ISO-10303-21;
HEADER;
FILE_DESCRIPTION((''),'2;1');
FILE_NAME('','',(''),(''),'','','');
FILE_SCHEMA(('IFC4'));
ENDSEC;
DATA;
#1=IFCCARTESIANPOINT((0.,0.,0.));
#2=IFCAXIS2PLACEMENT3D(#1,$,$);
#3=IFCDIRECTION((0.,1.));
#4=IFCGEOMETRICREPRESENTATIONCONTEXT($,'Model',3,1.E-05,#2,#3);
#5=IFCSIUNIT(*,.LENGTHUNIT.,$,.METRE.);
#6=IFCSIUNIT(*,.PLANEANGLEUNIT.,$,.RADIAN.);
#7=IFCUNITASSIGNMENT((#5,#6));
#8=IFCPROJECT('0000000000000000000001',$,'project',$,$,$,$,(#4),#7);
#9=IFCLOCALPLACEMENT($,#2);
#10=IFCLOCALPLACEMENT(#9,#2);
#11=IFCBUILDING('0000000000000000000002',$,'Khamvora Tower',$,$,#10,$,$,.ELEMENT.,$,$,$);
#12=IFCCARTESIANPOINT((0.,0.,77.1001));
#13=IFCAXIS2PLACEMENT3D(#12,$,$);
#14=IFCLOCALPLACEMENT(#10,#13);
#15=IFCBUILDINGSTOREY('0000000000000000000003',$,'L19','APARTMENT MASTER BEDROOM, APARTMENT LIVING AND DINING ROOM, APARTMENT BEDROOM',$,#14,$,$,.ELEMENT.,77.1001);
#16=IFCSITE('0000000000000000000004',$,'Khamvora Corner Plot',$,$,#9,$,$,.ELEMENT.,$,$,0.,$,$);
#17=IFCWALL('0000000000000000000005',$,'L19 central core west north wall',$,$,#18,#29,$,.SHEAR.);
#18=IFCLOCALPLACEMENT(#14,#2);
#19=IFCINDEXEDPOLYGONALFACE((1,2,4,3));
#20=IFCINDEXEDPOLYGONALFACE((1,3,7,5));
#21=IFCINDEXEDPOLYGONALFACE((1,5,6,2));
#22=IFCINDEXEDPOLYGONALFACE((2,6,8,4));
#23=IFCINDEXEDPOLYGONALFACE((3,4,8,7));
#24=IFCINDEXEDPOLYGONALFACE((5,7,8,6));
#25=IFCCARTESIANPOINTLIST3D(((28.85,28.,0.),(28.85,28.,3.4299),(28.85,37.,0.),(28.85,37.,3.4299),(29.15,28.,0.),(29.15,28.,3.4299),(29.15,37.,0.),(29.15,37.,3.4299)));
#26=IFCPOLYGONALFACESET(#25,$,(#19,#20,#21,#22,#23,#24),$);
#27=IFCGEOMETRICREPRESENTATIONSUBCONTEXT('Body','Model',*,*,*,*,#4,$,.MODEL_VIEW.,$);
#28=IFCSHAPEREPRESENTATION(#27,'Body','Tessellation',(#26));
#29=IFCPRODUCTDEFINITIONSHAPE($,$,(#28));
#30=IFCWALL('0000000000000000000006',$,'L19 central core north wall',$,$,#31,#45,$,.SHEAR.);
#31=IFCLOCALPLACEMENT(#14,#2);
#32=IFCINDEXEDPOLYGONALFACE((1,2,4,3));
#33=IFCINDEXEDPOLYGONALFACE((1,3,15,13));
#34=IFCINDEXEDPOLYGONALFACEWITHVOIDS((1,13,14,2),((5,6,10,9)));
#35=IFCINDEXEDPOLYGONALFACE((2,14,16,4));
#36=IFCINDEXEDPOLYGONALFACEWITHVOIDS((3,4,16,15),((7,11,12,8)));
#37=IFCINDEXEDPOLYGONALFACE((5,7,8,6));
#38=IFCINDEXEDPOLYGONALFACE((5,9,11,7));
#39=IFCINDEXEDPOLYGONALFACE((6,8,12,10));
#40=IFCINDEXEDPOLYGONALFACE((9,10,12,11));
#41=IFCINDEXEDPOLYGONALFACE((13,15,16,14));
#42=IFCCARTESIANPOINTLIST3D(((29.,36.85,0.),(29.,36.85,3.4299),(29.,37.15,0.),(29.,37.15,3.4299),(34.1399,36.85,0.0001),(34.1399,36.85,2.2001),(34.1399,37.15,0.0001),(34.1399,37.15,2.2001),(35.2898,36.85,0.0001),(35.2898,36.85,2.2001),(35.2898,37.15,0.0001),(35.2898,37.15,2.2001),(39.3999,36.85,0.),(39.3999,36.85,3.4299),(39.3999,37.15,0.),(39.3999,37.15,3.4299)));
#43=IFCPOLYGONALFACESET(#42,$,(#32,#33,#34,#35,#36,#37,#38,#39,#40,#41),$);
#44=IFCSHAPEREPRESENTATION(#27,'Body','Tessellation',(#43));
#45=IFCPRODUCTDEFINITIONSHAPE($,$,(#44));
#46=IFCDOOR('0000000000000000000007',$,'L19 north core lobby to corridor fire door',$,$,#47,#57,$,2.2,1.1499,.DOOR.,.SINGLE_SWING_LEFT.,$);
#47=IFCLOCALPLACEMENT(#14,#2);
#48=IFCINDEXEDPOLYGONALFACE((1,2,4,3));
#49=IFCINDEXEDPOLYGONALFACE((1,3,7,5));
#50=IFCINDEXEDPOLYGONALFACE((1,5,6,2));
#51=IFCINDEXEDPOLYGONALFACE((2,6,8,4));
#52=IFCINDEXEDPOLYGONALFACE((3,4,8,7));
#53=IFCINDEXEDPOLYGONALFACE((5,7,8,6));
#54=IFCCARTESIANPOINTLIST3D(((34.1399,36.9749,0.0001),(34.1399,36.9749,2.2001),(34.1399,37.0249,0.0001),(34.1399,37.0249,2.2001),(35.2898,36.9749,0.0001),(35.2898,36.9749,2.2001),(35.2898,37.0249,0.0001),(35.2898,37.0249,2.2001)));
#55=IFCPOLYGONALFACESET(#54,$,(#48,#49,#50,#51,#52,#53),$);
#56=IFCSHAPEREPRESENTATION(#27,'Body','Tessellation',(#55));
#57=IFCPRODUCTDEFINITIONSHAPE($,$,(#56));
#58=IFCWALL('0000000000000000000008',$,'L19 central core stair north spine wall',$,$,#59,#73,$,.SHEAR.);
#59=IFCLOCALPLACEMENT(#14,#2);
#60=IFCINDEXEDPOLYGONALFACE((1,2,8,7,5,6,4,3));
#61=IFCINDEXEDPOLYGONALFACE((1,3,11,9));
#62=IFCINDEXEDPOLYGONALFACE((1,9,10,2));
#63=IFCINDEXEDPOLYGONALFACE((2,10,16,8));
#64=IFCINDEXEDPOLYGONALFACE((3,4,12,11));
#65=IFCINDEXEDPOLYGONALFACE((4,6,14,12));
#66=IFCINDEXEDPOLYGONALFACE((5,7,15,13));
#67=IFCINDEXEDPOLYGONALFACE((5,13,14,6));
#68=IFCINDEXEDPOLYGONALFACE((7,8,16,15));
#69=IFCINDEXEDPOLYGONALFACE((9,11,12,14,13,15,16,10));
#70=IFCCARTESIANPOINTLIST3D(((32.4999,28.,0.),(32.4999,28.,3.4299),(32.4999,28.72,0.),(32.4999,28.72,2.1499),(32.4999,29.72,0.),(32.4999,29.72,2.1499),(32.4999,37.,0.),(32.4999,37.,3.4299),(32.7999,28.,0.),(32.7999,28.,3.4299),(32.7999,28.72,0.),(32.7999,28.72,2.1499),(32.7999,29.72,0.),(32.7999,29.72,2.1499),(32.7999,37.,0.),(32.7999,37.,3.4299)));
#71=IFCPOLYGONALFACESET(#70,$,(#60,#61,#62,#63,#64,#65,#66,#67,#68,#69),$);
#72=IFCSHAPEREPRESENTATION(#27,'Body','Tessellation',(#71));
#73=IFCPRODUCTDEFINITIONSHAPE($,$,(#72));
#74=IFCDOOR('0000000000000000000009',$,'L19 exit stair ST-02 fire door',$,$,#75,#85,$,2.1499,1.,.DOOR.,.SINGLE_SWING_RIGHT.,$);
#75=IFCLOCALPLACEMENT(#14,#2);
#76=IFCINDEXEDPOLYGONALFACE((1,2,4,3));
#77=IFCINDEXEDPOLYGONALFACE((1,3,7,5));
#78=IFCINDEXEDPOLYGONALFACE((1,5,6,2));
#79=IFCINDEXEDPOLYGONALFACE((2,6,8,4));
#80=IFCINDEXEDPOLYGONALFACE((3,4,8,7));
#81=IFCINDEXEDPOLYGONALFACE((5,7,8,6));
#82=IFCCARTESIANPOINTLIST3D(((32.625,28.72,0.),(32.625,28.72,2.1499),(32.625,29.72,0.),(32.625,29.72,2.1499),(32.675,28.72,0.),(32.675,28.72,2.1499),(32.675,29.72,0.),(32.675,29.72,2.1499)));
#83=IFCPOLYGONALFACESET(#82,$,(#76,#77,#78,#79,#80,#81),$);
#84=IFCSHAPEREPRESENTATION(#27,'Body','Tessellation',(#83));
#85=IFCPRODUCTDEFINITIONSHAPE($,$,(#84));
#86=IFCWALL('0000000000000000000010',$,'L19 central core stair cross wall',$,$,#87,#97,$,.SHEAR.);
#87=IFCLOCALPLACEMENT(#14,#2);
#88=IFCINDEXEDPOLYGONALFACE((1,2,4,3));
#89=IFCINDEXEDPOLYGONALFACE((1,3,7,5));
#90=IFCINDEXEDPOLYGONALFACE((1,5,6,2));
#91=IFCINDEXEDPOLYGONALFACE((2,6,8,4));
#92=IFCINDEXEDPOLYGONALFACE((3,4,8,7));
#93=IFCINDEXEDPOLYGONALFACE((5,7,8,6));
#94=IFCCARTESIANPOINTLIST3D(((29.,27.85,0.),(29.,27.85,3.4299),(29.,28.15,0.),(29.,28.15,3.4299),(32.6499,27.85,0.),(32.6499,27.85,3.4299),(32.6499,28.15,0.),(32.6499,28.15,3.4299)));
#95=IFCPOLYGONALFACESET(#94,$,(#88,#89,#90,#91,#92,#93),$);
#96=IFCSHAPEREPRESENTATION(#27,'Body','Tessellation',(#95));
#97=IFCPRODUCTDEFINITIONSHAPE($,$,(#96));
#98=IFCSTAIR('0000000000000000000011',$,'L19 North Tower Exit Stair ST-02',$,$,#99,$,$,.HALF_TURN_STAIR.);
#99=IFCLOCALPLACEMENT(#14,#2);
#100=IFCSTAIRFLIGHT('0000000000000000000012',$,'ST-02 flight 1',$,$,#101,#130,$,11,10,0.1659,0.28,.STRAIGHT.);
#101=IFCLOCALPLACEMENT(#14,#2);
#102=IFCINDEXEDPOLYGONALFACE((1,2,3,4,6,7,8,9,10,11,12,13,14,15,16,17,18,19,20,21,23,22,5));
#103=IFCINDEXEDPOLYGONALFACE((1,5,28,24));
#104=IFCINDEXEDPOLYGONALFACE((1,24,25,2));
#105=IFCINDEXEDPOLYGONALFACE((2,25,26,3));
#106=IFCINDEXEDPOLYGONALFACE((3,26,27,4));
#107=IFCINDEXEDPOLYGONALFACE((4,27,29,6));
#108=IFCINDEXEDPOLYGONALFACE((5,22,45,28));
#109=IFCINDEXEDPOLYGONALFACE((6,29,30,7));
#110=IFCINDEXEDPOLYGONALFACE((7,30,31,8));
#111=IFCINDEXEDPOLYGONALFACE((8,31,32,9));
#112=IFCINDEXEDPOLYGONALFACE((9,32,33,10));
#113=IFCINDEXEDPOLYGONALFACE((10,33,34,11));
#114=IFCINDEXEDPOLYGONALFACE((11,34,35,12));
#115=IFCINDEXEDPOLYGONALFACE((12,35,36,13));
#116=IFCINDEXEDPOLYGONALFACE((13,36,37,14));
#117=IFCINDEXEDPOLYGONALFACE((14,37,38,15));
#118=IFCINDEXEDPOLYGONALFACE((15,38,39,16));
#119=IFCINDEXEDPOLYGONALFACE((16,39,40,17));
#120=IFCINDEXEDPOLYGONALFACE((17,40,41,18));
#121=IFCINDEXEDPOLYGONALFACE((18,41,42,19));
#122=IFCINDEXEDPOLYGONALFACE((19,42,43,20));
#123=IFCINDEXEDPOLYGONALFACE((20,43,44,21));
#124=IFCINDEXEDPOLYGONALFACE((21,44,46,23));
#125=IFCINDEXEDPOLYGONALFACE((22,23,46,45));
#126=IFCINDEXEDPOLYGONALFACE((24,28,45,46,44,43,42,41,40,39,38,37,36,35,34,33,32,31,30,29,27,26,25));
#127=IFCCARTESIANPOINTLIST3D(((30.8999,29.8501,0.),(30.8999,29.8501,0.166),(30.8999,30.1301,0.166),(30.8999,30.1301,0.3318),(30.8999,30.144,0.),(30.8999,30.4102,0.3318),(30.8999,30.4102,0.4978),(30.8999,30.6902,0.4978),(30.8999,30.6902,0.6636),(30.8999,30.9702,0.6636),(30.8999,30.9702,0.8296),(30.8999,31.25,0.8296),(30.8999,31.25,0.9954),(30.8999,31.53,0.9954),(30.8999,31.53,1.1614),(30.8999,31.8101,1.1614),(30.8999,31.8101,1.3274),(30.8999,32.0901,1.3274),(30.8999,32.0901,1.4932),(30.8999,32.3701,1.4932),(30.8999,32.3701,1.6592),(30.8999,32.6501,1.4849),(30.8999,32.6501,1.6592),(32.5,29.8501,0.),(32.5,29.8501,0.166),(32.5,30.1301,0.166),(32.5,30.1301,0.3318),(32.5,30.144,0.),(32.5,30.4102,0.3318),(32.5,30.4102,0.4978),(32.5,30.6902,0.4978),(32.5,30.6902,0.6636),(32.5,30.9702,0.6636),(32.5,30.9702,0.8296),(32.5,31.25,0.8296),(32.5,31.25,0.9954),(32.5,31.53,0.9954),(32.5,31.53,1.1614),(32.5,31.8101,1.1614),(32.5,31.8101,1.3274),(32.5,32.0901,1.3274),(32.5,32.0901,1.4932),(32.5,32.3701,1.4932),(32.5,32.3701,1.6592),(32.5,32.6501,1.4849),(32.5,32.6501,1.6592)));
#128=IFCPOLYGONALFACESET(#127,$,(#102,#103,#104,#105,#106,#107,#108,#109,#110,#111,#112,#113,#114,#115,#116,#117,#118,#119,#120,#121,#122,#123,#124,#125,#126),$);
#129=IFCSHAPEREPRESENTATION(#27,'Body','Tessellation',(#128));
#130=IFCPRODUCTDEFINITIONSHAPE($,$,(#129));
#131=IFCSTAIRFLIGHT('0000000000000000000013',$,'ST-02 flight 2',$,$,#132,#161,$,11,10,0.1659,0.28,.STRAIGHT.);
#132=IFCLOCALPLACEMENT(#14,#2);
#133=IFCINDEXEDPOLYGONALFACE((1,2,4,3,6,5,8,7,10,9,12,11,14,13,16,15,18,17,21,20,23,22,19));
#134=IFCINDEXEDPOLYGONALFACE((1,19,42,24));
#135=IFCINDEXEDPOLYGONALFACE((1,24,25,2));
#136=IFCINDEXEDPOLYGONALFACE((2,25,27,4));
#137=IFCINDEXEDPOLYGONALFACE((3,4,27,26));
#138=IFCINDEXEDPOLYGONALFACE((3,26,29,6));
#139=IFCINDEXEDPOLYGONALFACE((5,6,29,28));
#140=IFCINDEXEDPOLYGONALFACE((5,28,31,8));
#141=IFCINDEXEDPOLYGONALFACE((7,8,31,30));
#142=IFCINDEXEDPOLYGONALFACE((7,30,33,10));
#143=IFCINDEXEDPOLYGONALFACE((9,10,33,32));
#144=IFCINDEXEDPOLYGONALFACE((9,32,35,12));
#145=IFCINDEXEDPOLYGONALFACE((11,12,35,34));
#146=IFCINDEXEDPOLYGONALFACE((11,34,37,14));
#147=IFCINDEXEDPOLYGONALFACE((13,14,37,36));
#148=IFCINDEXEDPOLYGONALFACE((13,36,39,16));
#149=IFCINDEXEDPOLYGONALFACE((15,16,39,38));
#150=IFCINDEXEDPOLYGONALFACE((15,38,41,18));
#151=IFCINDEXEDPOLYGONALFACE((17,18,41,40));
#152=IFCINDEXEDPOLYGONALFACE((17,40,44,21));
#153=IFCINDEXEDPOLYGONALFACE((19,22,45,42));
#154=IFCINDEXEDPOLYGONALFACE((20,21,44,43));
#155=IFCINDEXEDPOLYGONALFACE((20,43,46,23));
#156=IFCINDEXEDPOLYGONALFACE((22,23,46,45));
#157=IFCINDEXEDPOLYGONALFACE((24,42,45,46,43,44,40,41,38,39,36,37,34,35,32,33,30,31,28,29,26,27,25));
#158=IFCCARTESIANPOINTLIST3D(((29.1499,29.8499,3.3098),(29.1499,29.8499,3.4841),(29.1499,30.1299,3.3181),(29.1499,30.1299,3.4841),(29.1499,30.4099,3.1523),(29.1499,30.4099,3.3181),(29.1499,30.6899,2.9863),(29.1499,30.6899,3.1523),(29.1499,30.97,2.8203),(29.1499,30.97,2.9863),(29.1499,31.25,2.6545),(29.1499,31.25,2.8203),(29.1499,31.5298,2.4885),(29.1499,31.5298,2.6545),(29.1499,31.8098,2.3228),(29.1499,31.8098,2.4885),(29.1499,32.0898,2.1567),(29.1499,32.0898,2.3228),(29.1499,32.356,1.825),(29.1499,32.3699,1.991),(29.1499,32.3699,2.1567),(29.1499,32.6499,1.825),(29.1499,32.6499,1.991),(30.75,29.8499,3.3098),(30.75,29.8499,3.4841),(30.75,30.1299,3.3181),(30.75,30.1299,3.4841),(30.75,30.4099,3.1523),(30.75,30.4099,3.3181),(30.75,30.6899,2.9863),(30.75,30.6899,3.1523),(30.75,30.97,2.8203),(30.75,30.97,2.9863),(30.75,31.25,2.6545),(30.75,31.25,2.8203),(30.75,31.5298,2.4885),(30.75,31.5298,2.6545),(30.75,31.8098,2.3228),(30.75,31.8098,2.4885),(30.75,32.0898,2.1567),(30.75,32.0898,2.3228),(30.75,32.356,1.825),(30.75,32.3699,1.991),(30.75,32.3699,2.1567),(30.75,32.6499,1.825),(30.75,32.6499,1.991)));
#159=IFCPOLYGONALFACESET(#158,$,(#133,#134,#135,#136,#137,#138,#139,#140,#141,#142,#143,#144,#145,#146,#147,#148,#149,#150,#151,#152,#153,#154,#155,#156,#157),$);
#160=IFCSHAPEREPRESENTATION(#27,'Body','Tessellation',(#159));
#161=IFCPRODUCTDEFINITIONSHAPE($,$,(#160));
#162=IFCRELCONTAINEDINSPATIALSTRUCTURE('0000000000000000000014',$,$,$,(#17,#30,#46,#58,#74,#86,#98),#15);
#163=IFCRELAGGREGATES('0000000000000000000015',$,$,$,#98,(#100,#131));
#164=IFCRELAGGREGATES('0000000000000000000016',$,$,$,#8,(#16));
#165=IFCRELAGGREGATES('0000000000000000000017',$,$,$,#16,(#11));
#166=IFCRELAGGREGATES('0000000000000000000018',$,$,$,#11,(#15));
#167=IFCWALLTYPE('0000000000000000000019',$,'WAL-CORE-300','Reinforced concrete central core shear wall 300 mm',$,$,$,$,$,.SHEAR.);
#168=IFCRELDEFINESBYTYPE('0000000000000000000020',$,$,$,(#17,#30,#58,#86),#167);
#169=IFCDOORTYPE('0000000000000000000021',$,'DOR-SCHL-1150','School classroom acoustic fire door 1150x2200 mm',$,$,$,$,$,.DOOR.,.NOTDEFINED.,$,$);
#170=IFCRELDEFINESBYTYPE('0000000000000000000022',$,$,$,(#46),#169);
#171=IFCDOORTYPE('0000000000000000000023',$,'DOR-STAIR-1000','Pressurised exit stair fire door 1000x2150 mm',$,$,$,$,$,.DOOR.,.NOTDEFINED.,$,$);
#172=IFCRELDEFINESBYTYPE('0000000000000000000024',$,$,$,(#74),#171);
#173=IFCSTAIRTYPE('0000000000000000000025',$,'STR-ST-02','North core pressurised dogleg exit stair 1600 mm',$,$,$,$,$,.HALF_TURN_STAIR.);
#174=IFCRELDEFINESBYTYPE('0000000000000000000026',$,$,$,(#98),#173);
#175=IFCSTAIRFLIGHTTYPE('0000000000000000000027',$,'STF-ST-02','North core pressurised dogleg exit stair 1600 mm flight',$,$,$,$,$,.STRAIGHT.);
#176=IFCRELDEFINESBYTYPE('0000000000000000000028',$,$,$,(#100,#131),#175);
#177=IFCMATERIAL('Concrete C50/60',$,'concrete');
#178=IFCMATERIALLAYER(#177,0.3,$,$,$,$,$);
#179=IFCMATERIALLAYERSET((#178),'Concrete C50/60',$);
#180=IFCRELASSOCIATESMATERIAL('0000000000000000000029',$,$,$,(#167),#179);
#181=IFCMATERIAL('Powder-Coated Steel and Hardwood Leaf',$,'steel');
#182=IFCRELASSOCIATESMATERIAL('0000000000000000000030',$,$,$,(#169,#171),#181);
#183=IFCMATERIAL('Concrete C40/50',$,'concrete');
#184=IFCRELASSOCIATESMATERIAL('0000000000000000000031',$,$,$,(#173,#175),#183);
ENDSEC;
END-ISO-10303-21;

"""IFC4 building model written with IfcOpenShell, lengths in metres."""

from ifc_helpers import new_model, si_unit, direction, frame, frame_2d, origin, place, context, subcontext, project, spatial, polyline, rectangle, outline, extrude, material, layer, layer_set, type_object, element, fill, aggregate, save


model = new_model("IFC4")

# Units and contexts
model_context = context("Model", 3, precision=1e-05, world=origin(), true_north=direction((0.0, 1.0)))
body_context = subcontext(model_context, "Body", "Model", "MODEL_VIEW")
ifc_project = project(units=[si_unit("LENGTHUNIT", "METRE"), si_unit("PLANEANGLEUNIT", "RADIAN")], contexts=[model_context])

# Site, building, storey
site_placement = place(None, origin())
site = spatial("IfcSite", under=ifc_project, at=site_placement, Name="Khamvora Corner Plot", CompositionType="ELEMENT", RefElevation=0.0)
building_placement = place(site_placement, origin())
building = spatial("IfcBuilding", under=site, at=building_placement, Name="Khamvora Tower", CompositionType="ELEMENT")
storey_placement = place(building_placement, frame((0.0, 0.0, 77.1001)))
storey = spatial("IfcBuildingStorey", under=building, at=storey_placement, Name="L19", Description="APARTMENT MASTER BEDROOM, APARTMENT LIVING AND DINING ROOM, APARTMENT BEDROOM", CompositionType="ELEMENT", Elevation=77.1001)

# Wall
ifc_material_1 = material(Name="Concrete C50/60", Category="concrete")
ifc_layer_1 = layer(ifc_material_1, 0.3)
ifc_layer_set_1 = layer_set([ifc_layer_1], Name="Concrete C50/60")
wall_type = type_object("IfcWallType", Name="WAL-CORE-300", Description="Reinforced concrete central core shear wall 300 mm", PredefinedType="SHEAR", material=ifc_layer_set_1)
wall_1_placement = place(storey_placement, frame((29.0, 28.0, 0.0), z_axis=(0.0, 0.0, 1.0), x_axis=(0.0, 1.0, 0.0)))
element("IfcWall", 1, at=wall_1_placement, inside=storey, type_object=wall_type, Name="L19 central core west north wall", PredefinedType="SHEAR", context=body_context, shape_type="SweptSolid", body=[
    extrude(rectangle(XDim=9.0, YDim=0.3, at=frame_2d((4.5, 0.0))), origin(), (0.0, 0.0, 1.0), 3.4299),
])

# Walls, openings, doors
wall_2_placement = place(storey_placement, frame((29.0, 37.0, 0.0), z_axis=(0.0, 0.0, 1.0), x_axis=(1.0, 0.0, 0.0)))
wall_2 = element("IfcWall", 2, at=wall_2_placement, inside=storey, type_object=wall_type, Name="L19 central core north wall", PredefinedType="SHEAR", context=body_context, shape_type="SweptSolid", body=[
    extrude(rectangle(XDim=10.3999, YDim=0.3, at=frame_2d((5.2, 0.0))), origin(), (0.0, 0.0, 1.0), 3.4299),
])
opening_1_placement = place(wall_2_placement, frame((5.1399, 0.0, 0.0)))
opening_1 = element("IfcOpeningElement", 3, at=opening_1_placement, cuts=wall_2, PredefinedType="OPENING", context=body_context, shape_type="SweptSolid", body=[
    extrude(rectangle(XDim=1.1499, YDim=2.2, at=frame_2d((0.575, 1.1001))), frame((0.0, 0.1599, 0.0), z_axis=(0.0, -1.0, 0.0), x_axis=(1.0, 0.0, 0.0)), (0.0, 0.0, 1.0), 0.3201),
])
ifc_material_2 = material(Name="Powder-Coated Steel and Hardwood Leaf", Category="steel")
door_type_1 = type_object("IfcDoorType", Name="DOR-SCHL-1150", Description="School classroom acoustic fire door 1150x2200 mm", OperationType="NOTDEFINED", PredefinedType="DOOR", material=ifc_material_2)
door_1_placement = place(opening_1_placement, origin())
door_1 = element("IfcDoor", 4, at=door_1_placement, inside=storey, type_object=door_type_1, Name="L19 north core lobby to corridor fire door", OperationType="SINGLE_SWING_LEFT", OverallHeight=2.2, OverallWidth=1.1499, PredefinedType="DOOR", context=body_context, shape_type="SweptSolid", body=[
    extrude(rectangle(XDim=1.1499, YDim=2.2, at=frame_2d((0.575, 1.1001))), frame((0.0, 0.0249, 0.0), z_axis=(0.0, -1.0, 0.0), x_axis=(1.0, 0.0, 0.0)), (0.0, 0.0, 1.0), 0.05),
])
fill(opening_1, door_1)
wall_3_placement = place(storey_placement, frame((32.6499, 28.0, 0.0), z_axis=(0.0, 0.0, 1.0), x_axis=(0.0, 1.0, 0.0)))
wall_3 = element("IfcWall", 5, at=wall_3_placement, inside=storey, type_object=wall_type, Name="L19 central core stair north spine wall", PredefinedType="SHEAR", context=body_context, shape_type="SweptSolid", body=[
    extrude(rectangle(XDim=9.0, YDim=0.3, at=frame_2d((4.5, 0.0))), origin(), (0.0, 0.0, 1.0), 3.4299),
])
opening_2_placement = place(wall_3_placement, frame((0.72, 0.0, 0.0)))
opening_2 = element("IfcOpeningElement", 6, at=opening_2_placement, cuts=wall_3, PredefinedType="OPENING", context=body_context, shape_type="SweptSolid", body=[
    extrude(rectangle(XDim=1.0, YDim=2.1499, at=frame_2d((0.5, 1.075))), frame((0.0, 0.1599, 0.0), z_axis=(0.0, -1.0, 0.0), x_axis=(1.0, 0.0, 0.0)), (0.0, 0.0, 1.0), 0.3201),
])
door_type_2 = type_object("IfcDoorType", Name="DOR-STAIR-1000", Description="Pressurised exit stair fire door 1000x2150 mm", OperationType="NOTDEFINED", PredefinedType="DOOR", material=ifc_material_2)
door_2_placement = place(opening_2_placement, origin())
door_2 = element("IfcDoor", 7, at=door_2_placement, inside=storey, type_object=door_type_2, Name="L19 exit stair ST-02 fire door", OperationType="SINGLE_SWING_RIGHT", OverallHeight=2.1499, OverallWidth=1.0, PredefinedType="DOOR", context=body_context, shape_type="SweptSolid", body=[
    extrude(rectangle(XDim=1.0, YDim=2.1499, at=frame_2d((0.5, 1.075))), frame((0.0, 0.0249, 0.0), z_axis=(0.0, -1.0, 0.0), x_axis=(1.0, 0.0, 0.0)), (0.0, 0.0, 1.0), 0.05),
])
fill(opening_2, door_2)

# Wall
wall_4_placement = place(storey_placement, frame((29.0, 28.0, 0.0), z_axis=(0.0, 0.0, 1.0), x_axis=(1.0, 0.0, 0.0)))
element("IfcWall", 8, at=wall_4_placement, inside=storey, type_object=wall_type, Name="L19 central core stair cross wall", PredefinedType="SHEAR", context=body_context, shape_type="SweptSolid", body=[
    extrude(rectangle(XDim=3.6499, YDim=0.3, at=frame_2d((1.825, 0.0))), origin(), (0.0, 0.0, 1.0), 3.4299),
])

# Stair, stair flights
ifc_material_3 = material(Name="Concrete C40/50", Category="concrete")
stair_type = type_object("IfcStairType", Name="STR-ST-02", Description="North core pressurised dogleg exit stair 1600 mm", PredefinedType="HALF_TURN_STAIR", material=ifc_material_3)
stair_placement = place(storey_placement, origin())
stair = element("IfcStair", 9, at=stair_placement, inside=storey, type_object=stair_type, Name="L19 North Tower Exit Stair ST-02", PredefinedType="HALF_TURN_STAIR")
stair_flight_type = type_object("IfcStairFlightType", Name="STF-ST-02", Description="North core pressurised dogleg exit stair 1600 mm flight", PredefinedType="STRAIGHT", material=ifc_material_3)
stair_flight_1_placement = place(storey_placement, frame((31.7, 29.8501, 0.0), z_axis=(0.0, 0.0, 1.0), x_axis=(0.0, 1.0, 0.0)))
stair_flight_1 = element("IfcStairFlight", 10, at=stair_flight_1_placement, type_object=stair_flight_type, Name="ST-02 flight 1", NumberOfRisers=11, NumberOfTreads=10, PredefinedType="STRAIGHT", RiserHeight=0.1659, TreadLength=0.28, context=body_context, shape_type="SweptSolid", body=[
    extrude(outline(polyline([(0.0, 0.0), (0.0, 0.166), (0.28, 0.166), (0.28, 0.3318), (0.5601, 0.3318), (0.5601, 0.4978), (0.8401, 0.4978), (0.8401, 0.6636), (1.1201, 0.6636), (1.1201, 0.8296), (1.3999, 0.8296), (1.3999, 0.9954), (1.6799, 0.9954), (1.6799, 1.1614), (1.96, 1.1614), (1.96, 1.3274), (2.24, 1.3274), (2.24, 1.4932), (2.52, 1.4932), (2.52, 1.6592), (2.8, 1.6592), (2.8, 1.825), (2.8, 1.4849), (0.2939, 0.0), (0.0, 0.0)])), frame((0.0, 0.8, 0.0), z_axis=(0.0, -1.0, 0.0), x_axis=(1.0, 0.0, 0.0)), (0.0, 0.0, 1.0), 1.6001),
])
stair_flight_2_placement = place(storey_placement, frame((29.95, 32.6499, 1.825), z_axis=(0.0, 0.0, 1.0), x_axis=(0.0, -1.0, 0.0)))
stair_flight_2 = element("IfcStairFlight", 11, at=stair_flight_2_placement, type_object=stair_flight_type, Name="ST-02 flight 2", NumberOfRisers=11, NumberOfTreads=10, PredefinedType="STRAIGHT", RiserHeight=0.1659, TreadLength=0.28, context=body_context, shape_type="SweptSolid", body=[
    extrude(outline(polyline([(0.0, 0.0), (0.0, 0.166), (0.28, 0.166), (0.28, 0.3318), (0.5601, 0.3318), (0.5601, 0.4978), (0.8401, 0.4978), (0.8401, 0.6636), (1.1201, 0.6636), (1.1201, 0.8296), (1.3999, 0.8296), (1.3999, 0.9954), (1.6799, 0.9954), (1.6799, 1.1614), (1.96, 1.1614), (1.96, 1.3274), (2.24, 1.3274), (2.24, 1.4932), (2.52, 1.4932), (2.52, 1.6592), (2.8, 1.6592), (2.8, 1.825), (2.8, 1.4849), (0.2939, 0.0), (0.0, 0.0)])), frame((0.0, 0.8, 0.0), z_axis=(0.0, -1.0, 0.0), x_axis=(1.0, 0.0, 0.0)), (0.0, 0.0, 1.0), 1.6001),
])
aggregate(stair, [stair_flight_1, stair_flight_2])

save(model, "model.ifc")
